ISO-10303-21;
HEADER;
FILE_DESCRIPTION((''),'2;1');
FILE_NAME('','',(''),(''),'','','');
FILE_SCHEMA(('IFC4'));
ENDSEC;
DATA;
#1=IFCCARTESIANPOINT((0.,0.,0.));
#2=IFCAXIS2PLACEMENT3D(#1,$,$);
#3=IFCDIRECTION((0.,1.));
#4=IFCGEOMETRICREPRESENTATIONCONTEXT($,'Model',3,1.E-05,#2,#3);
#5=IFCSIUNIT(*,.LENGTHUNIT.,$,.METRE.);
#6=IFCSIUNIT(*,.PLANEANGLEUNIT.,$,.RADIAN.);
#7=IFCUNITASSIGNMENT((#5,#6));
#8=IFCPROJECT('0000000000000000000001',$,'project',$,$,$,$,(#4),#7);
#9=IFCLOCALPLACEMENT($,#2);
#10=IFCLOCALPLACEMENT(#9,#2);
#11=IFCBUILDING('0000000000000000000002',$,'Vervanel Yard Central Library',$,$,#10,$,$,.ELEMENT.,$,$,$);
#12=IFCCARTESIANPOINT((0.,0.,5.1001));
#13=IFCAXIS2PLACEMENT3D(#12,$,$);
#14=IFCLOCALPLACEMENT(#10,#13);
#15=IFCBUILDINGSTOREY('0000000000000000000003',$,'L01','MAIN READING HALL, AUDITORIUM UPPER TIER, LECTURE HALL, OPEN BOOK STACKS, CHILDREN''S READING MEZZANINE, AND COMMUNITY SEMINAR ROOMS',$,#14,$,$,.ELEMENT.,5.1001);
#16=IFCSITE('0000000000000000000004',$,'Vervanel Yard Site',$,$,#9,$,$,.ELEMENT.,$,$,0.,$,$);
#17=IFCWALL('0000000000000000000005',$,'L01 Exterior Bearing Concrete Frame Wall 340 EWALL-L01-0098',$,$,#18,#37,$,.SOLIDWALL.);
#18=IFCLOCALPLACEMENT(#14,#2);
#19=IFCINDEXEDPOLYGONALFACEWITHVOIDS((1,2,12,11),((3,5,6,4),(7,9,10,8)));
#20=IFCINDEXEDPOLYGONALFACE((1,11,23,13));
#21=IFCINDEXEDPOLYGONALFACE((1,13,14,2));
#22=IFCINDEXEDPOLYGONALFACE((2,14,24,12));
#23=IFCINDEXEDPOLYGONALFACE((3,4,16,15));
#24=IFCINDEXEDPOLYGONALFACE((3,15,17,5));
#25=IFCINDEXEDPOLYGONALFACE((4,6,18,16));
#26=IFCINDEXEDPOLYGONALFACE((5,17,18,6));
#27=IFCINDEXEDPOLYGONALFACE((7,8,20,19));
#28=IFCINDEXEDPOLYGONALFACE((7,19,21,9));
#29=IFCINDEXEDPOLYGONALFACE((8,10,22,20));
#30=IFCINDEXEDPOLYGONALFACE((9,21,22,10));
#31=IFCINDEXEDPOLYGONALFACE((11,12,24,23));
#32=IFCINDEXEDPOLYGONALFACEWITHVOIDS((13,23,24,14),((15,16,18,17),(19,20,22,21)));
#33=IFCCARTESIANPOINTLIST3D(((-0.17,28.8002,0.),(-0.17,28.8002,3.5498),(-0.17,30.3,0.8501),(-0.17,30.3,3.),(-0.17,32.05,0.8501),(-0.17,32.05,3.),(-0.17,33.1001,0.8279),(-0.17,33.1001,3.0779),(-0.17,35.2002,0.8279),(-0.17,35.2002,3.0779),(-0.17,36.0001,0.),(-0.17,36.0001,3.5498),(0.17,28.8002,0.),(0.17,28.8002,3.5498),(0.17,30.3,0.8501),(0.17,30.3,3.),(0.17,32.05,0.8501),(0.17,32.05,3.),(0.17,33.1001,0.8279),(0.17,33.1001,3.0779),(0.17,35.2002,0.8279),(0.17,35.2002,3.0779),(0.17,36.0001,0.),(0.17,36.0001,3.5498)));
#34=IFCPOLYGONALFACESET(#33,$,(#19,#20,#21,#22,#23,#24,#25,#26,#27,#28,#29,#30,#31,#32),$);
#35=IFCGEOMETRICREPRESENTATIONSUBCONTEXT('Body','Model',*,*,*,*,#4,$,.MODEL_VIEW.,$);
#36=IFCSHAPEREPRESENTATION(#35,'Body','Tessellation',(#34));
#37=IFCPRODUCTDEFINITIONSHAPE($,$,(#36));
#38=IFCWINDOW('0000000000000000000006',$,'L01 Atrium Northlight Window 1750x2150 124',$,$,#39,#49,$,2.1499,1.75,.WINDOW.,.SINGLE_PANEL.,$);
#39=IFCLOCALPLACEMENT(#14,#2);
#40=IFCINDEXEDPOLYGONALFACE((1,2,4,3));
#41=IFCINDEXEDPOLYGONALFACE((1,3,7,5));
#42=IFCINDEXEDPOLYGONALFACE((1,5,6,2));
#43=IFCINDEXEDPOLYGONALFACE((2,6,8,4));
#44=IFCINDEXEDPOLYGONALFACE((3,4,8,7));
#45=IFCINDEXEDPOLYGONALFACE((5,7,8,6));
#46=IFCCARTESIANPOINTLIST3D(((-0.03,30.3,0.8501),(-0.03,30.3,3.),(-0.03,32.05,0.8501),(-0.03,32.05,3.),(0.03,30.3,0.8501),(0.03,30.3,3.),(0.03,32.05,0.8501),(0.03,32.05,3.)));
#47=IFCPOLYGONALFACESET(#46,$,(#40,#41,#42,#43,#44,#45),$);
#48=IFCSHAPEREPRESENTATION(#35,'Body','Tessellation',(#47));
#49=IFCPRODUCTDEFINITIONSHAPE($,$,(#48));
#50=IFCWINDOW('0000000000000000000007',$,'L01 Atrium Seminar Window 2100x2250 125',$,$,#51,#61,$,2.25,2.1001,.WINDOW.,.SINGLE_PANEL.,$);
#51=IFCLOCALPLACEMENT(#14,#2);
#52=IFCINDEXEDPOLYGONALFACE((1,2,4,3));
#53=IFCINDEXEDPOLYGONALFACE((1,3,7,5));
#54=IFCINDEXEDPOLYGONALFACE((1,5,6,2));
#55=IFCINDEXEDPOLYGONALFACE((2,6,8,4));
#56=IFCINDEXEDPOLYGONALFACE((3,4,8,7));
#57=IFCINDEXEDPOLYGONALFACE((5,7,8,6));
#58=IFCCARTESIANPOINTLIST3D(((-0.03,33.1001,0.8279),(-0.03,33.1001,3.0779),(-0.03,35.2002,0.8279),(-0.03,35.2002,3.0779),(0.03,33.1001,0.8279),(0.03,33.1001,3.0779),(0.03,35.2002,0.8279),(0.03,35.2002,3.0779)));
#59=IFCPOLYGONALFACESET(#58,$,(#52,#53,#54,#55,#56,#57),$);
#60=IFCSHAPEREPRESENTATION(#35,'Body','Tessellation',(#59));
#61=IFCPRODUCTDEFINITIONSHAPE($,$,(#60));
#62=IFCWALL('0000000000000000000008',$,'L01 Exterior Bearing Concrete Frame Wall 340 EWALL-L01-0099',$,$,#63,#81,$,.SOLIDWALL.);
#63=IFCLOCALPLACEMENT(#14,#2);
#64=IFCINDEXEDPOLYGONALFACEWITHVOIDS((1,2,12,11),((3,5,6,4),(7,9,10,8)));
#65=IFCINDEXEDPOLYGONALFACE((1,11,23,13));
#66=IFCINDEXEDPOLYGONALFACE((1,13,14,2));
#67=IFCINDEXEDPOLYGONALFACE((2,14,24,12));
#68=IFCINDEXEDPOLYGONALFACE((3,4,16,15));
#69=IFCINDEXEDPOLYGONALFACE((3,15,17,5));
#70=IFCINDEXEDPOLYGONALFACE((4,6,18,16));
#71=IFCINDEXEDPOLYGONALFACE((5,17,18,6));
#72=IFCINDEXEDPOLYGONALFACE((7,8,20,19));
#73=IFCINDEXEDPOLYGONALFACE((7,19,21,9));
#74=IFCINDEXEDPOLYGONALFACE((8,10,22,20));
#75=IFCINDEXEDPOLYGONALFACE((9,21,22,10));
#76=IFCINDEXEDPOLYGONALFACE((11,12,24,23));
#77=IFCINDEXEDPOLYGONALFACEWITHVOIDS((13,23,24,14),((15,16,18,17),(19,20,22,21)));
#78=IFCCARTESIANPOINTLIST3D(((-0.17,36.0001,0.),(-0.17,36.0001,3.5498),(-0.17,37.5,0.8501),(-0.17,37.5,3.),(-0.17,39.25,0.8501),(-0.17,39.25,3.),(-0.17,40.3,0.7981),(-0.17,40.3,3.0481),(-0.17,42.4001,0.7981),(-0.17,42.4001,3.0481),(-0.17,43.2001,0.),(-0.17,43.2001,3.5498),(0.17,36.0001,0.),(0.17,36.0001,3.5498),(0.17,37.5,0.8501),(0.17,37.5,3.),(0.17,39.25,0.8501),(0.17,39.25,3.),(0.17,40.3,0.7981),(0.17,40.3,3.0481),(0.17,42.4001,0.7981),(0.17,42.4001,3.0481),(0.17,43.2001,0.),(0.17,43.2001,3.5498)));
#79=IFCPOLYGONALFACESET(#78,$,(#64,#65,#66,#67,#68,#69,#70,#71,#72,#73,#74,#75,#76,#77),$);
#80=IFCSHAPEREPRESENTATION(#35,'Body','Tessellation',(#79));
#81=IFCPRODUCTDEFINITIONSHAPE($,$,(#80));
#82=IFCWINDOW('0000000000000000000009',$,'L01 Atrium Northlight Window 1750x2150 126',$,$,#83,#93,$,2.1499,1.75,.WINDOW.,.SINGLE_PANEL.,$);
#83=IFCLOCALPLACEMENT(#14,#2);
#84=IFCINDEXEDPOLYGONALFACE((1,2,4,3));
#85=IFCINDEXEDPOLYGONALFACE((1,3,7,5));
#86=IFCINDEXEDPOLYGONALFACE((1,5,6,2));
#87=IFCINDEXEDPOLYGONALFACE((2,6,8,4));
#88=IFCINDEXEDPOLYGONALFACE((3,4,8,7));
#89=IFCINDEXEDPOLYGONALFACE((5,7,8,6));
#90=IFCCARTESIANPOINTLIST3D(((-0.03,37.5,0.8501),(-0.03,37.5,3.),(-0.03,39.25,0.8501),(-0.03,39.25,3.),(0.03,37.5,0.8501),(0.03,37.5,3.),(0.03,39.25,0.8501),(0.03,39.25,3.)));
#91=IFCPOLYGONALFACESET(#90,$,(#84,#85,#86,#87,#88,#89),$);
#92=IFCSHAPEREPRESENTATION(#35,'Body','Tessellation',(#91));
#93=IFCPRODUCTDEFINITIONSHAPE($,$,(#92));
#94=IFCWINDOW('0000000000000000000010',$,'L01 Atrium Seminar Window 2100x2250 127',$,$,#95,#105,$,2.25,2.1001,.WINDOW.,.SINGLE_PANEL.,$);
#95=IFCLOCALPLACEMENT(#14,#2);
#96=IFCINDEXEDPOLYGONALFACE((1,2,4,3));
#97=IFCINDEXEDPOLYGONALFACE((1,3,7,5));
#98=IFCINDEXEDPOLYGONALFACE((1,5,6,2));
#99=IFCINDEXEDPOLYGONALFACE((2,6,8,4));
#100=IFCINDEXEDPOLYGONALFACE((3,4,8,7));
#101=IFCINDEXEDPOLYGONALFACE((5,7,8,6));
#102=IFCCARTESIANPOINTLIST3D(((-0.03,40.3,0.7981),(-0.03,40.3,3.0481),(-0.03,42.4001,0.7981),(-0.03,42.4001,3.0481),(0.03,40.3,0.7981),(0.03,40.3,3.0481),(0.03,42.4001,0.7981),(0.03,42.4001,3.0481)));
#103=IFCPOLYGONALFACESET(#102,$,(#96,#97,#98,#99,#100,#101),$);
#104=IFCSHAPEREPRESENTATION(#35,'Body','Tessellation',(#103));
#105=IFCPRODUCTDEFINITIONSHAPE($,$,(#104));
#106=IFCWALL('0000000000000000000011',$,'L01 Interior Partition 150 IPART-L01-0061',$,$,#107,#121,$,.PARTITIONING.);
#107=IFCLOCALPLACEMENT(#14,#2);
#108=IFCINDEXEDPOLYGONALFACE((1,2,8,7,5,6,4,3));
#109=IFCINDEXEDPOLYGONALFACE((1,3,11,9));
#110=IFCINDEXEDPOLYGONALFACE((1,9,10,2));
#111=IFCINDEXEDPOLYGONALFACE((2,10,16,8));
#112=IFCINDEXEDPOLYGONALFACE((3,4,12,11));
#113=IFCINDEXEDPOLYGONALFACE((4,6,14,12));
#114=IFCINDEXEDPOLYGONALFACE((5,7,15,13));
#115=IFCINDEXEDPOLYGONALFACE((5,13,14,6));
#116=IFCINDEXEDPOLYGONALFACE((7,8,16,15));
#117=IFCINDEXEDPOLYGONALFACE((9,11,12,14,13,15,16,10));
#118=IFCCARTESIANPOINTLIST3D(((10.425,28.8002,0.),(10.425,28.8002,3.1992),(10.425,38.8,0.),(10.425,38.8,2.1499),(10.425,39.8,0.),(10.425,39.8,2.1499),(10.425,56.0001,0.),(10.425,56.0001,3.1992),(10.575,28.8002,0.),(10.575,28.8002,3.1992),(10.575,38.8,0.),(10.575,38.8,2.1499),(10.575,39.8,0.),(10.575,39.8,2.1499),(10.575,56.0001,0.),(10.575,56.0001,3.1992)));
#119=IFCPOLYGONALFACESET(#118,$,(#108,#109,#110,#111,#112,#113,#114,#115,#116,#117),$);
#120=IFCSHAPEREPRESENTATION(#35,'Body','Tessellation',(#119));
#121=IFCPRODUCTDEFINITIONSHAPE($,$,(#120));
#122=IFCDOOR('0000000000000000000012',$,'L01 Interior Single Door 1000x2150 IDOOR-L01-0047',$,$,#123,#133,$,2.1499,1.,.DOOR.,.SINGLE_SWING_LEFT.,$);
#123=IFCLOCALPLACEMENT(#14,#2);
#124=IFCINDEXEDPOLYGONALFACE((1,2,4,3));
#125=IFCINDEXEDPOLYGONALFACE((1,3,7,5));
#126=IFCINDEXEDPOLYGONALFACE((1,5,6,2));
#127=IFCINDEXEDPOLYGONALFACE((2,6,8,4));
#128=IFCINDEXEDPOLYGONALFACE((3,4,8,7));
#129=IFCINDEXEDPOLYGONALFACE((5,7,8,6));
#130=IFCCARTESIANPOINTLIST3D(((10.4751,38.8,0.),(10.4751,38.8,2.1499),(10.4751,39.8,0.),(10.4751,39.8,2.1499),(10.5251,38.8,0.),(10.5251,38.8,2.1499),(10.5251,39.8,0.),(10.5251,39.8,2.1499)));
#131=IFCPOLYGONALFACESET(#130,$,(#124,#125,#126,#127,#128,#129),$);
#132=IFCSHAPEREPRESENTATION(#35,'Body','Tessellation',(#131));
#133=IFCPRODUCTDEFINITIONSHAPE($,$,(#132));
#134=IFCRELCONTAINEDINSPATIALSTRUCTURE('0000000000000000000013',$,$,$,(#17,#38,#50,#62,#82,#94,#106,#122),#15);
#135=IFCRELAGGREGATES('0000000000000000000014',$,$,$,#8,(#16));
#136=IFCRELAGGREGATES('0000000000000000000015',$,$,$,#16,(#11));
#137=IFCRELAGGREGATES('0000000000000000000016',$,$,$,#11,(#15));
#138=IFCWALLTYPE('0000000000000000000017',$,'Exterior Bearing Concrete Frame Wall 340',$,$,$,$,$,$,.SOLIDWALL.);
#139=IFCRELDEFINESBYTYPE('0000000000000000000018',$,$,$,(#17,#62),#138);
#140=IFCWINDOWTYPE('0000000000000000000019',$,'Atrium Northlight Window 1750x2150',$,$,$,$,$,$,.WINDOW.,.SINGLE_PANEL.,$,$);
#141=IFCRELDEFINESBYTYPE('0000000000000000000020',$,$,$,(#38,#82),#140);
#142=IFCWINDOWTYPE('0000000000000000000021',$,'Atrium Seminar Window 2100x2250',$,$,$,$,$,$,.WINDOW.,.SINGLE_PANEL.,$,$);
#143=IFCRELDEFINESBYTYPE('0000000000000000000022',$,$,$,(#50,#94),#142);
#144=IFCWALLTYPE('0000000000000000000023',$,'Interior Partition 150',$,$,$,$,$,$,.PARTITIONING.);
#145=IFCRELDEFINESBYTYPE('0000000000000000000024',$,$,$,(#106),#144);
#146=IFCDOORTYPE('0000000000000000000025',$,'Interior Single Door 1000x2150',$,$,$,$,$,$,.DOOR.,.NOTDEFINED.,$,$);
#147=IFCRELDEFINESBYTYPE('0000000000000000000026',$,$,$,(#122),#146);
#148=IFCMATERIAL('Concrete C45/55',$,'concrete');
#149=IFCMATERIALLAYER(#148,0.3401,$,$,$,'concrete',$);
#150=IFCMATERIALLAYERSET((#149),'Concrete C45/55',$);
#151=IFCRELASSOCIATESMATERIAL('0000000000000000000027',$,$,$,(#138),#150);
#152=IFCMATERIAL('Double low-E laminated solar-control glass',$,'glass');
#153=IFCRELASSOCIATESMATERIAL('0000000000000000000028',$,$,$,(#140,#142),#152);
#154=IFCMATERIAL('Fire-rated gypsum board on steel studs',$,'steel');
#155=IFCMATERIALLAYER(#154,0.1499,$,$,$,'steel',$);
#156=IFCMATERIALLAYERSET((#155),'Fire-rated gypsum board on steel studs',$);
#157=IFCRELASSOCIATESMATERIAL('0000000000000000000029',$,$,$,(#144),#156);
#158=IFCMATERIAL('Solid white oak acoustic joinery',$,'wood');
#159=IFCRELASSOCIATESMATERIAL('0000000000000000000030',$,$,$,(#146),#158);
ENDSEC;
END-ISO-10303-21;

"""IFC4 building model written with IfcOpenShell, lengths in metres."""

from ifc_helpers import new_model, si_unit, direction, frame, frame_2d, origin, place, context, subcontext, project, spatial, rectangle, extrude, material, layer, layer_set, type_object, element, fill, save


model = new_model("IFC4")

# Units and contexts
model_context = context("Model", 3, precision=1e-05, world=origin(), true_north=direction((0.0, 1.0)))
body_context = subcontext(model_context, "Body", "Model", "MODEL_VIEW")
ifc_project = project(units=[si_unit("LENGTHUNIT", "METRE"), si_unit("PLANEANGLEUNIT", "RADIAN")], contexts=[model_context])

# Site, building, storey
site_placement = place(None, origin())
site = spatial("IfcSite", under=ifc_project, at=site_placement, Name="Vervanel Yard Site", CompositionType="ELEMENT", RefElevation=0.0)
building_placement = place(site_placement, origin())
building = spatial("IfcBuilding", under=site, at=building_placement, Name="Vervanel Yard Central Library", CompositionType="ELEMENT")
storey_placement = place(building_placement, frame((0.0, 0.0, 5.1001)))
storey = spatial("IfcBuildingStorey", under=building, at=storey_placement, Name="L01", Description="MAIN READING HALL, AUDITORIUM UPPER TIER, LECTURE HALL, OPEN BOOK STACKS, CHILDREN'S READING MEZZANINE, AND COMMUNITY SEMINAR ROOMS", CompositionType="ELEMENT", Elevation=5.1001)

# Shared definitions
ifc_material_1 = material(Name="Fire-rated gypsum board on steel studs", Category="steel")
ifc_material_2 = material(Name="Solid white oak acoustic joinery", Category="wood")

# Walls, openings, windows
ifc_material_3 = material(Name="Concrete C45/55", Category="concrete")
ifc_layer_1 = layer(ifc_material_3, 0.3401, Category="concrete")
ifc_layer_set_1 = layer_set([ifc_layer_1], Name="Concrete C45/55")
wall_type_1 = type_object("IfcWallType", Name="Exterior Bearing Concrete Frame Wall 340", PredefinedType="SOLIDWALL", material=ifc_layer_set_1)
wall_1_placement = place(storey_placement, frame((0.0, 28.8, 0.0), z_axis=(0.0, 0.0, 1.0), x_axis=(0.0, 1.0, 0.0)))
wall_1 = element("IfcWall", 1, at=wall_1_placement, inside=storey, type_object=wall_type_1, Name="L01 Exterior Bearing Concrete Frame Wall 340 EWALL-L01-0098", PredefinedType="SOLIDWALL", context=body_context, shape_type="SweptSolid", body=[
    extrude(rectangle(XDim=7.2, YDim=0.3401, at=frame_2d((3.6001, 0.0))), origin(), (0.0, 0.0, 1.0), 3.5498),
])
opening_1_placement = place(wall_1_placement, frame((1.5, 0.0, 0.8501)))
opening_1 = element("IfcOpeningElement", 2, at=opening_1_placement, cuts=wall_1, PredefinedType="OPENING", context=body_context, shape_type="SweptSolid", body=[
    extrude(rectangle(XDim=1.75, YDim=2.1499, at=frame_2d((0.875, 1.075))), frame((0.0, 0.1799, 0.0), z_axis=(0.0, -1.0, 0.0), x_axis=(1.0, 0.0, 0.0)), (0.0, 0.0, 1.0), 0.3601),
])
opening_2_placement = place(wall_1_placement, frame((4.3, 0.0, 0.8279)))
opening_2 = element("IfcOpeningElement", 3, at=opening_2_placement, cuts=wall_1, PredefinedType="OPENING", context=body_context, shape_type="SweptSolid", body=[
    extrude(rectangle(XDim=2.1001, YDim=2.25, at=frame_2d((1.05, 1.125))), frame((0.0, 0.1799, 0.0), z_axis=(0.0, -1.0, 0.0), x_axis=(1.0, 0.0, 0.0)), (0.0, 0.0, 1.0), 0.3601),
])
ifc_material_4 = material(Name="Double low-E laminated solar-control glass", Category="glass")
window_type_1 = type_object("IfcWindowType", Name="Atrium Northlight Window 1750x2150", PartitioningType="SINGLE_PANEL", PredefinedType="WINDOW", material=ifc_material_4)
window_1_placement = place(opening_1_placement, origin())
window_1 = element("IfcWindow", 4, at=window_1_placement, inside=storey, type_object=window_type_1, Name="L01 Atrium Northlight Window 1750x2150 124", OverallHeight=2.1499, OverallWidth=1.75, PartitioningType="SINGLE_PANEL", PredefinedType="WINDOW", context=body_context, shape_type="SweptSolid", body=[
    extrude(rectangle(XDim=1.75, YDim=2.1499, at=frame_2d((0.875, 1.075))), frame((0.0, 0.03, 0.0), z_axis=(0.0, -1.0, 0.0), x_axis=(1.0, 0.0, 0.0)), (0.0, 0.0, 1.0), 0.0601),
])
fill(opening_1, window_1)
window_type_2 = type_object("IfcWindowType", Name="Atrium Seminar Window 2100x2250", PartitioningType="SINGLE_PANEL", PredefinedType="WINDOW", material=ifc_material_4)
window_2_placement = place(opening_2_placement, origin())
window_2 = element("IfcWindow", 5, at=window_2_placement, inside=storey, type_object=window_type_2, Name="L01 Atrium Seminar Window 2100x2250 125", OverallHeight=2.25, OverallWidth=2.1001, PartitioningType="SINGLE_PANEL", PredefinedType="WINDOW", context=body_context, shape_type="SweptSolid", body=[
    extrude(rectangle(XDim=2.1001, YDim=2.25, at=frame_2d((1.05, 1.125))), frame((0.0, 0.03, 0.0), z_axis=(0.0, -1.0, 0.0), x_axis=(1.0, 0.0, 0.0)), (0.0, 0.0, 1.0), 0.0601),
])
fill(opening_2, window_2)
wall_2_placement = place(storey_placement, frame((0.0, 36.0, 0.0), z_axis=(0.0, 0.0, 1.0), x_axis=(0.0, 1.0, 0.0)))
wall_2 = element("IfcWall", 6, at=wall_2_placement, inside=storey, type_object=wall_type_1, Name="L01 Exterior Bearing Concrete Frame Wall 340 EWALL-L01-0099", PredefinedType="SOLIDWALL", context=body_context, shape_type="SweptSolid", body=[
    extrude(rectangle(XDim=7.2, YDim=0.3401, at=frame_2d((3.6001, 0.0))), origin(), (0.0, 0.0, 1.0), 3.5498),
])
opening_3_placement = place(wall_2_placement, frame((1.5, 0.0, 0.8501)))
opening_3 = element("IfcOpeningElement", 7, at=opening_3_placement, cuts=wall_2, PredefinedType="OPENING", context=body_context, shape_type="SweptSolid", body=[
    extrude(rectangle(XDim=1.75, YDim=2.1499, at=frame_2d((0.875, 1.075))), frame((0.0, 0.1799, 0.0), z_axis=(0.0, -1.0, 0.0), x_axis=(1.0, 0.0, 0.0)), (0.0, 0.0, 1.0), 0.3601),
])
opening_4_placement = place(wall_2_placement, frame((4.3, 0.0, 0.7981)))
opening_4 = element("IfcOpeningElement", 8, at=opening_4_placement, cuts=wall_2, PredefinedType="OPENING", context=body_context, shape_type="SweptSolid", body=[
    extrude(rectangle(XDim=2.1001, YDim=2.25, at=frame_2d((1.05, 1.125))), frame((0.0, 0.1799, 0.0), z_axis=(0.0, -1.0, 0.0), x_axis=(1.0, 0.0, 0.0)), (0.0, 0.0, 1.0), 0.3601),
])
window_3_placement = place(opening_3_placement, origin())
window_3 = element("IfcWindow", 9, at=window_3_placement, inside=storey, type_object=window_type_1, Name="L01 Atrium Northlight Window 1750x2150 126", OverallHeight=2.1499, OverallWidth=1.75, PartitioningType="SINGLE_PANEL", PredefinedType="WINDOW", context=body_context, shape_type="SweptSolid", body=[
    extrude(rectangle(XDim=1.75, YDim=2.1499, at=frame_2d((0.875, 1.075))), frame((0.0, 0.03, 0.0), z_axis=(0.0, -1.0, 0.0), x_axis=(1.0, 0.0, 0.0)), (0.0, 0.0, 1.0), 0.0601),
])
fill(opening_3, window_3)
window_4_placement = place(opening_4_placement, origin())
window_4 = element("IfcWindow", 10, at=window_4_placement, inside=storey, type_object=window_type_2, Name="L01 Atrium Seminar Window 2100x2250 127", OverallHeight=2.25, OverallWidth=2.1001, PartitioningType="SINGLE_PANEL", PredefinedType="WINDOW", context=body_context, shape_type="SweptSolid", body=[
    extrude(rectangle(XDim=2.1001, YDim=2.25, at=frame_2d((1.05, 1.125))), frame((0.0, 0.03, 0.0), z_axis=(0.0, -1.0, 0.0), x_axis=(1.0, 0.0, 0.0)), (0.0, 0.0, 1.0), 0.0601),
])
fill(opening_4, window_4)

# Wall, opening, door
ifc_layer_2 = layer(ifc_material_1, 0.1499, Category="steel")
ifc_layer_set_2 = layer_set([ifc_layer_2], Name="Fire-rated gypsum board on steel studs")
wall_type_2 = type_object("IfcWallType", Name="Interior Partition 150", PredefinedType="PARTITIONING", material=ifc_layer_set_2)
wall_3_placement = place(storey_placement, frame((10.5, 28.8, 0.0), z_axis=(0.0, 0.0, 1.0), x_axis=(0.0, 1.0, 0.0)))
wall_3 = element("IfcWall", 11, at=wall_3_placement, inside=storey, type_object=wall_type_2, Name="L01 Interior Partition 150 IPART-L01-0061", PredefinedType="PARTITIONING", context=body_context, shape_type="SweptSolid", body=[
    extrude(rectangle(XDim=27.2, YDim=0.1499, at=frame_2d((13.6001, 0.0))), origin(), (0.0, 0.0, 1.0), 3.1992),
])
opening_5_placement = place(wall_3_placement, frame((10.0, 0.0, 0.0)))
opening_5 = element("IfcOpeningElement", 12, at=opening_5_placement, cuts=wall_3, PredefinedType="OPENING", context=body_context, shape_type="SweptSolid", body=[
    extrude(rectangle(XDim=1.0, YDim=2.1499, at=frame_2d((0.5, 1.075))), frame((0.0, 0.085, 0.0), z_axis=(0.0, -1.0, 0.0), x_axis=(1.0, 0.0, 0.0)), (0.0, 0.0, 1.0), 0.1699),
])
door_type_1 = type_object("IfcDoorType", Name="Interior Single Door 1000x2150", OperationType="NOTDEFINED", PredefinedType="DOOR", material=ifc_material_2)
door_1_placement = place(opening_5_placement, origin())
door_1 = element("IfcDoor", 13, at=door_1_placement, inside=storey, type_object=door_type_1, Name="L01 Interior Single Door 1000x2150 IDOOR-L01-0047", OperationType="SINGLE_SWING_LEFT", OverallHeight=2.1499, OverallWidth=1.0, PredefinedType="DOOR", context=body_context, shape_type="SweptSolid", body=[
    extrude(rectangle(XDim=1.0, YDim=2.1499, at=frame_2d((0.5, 1.075))), frame((0.0, 0.0249, 0.0), z_axis=(0.0, -1.0, 0.0), x_axis=(1.0, 0.0, 0.0)), (0.0, 0.0, 1.0), 0.05),
])
fill(opening_5, door_1)

save(model, "model.ifc")
